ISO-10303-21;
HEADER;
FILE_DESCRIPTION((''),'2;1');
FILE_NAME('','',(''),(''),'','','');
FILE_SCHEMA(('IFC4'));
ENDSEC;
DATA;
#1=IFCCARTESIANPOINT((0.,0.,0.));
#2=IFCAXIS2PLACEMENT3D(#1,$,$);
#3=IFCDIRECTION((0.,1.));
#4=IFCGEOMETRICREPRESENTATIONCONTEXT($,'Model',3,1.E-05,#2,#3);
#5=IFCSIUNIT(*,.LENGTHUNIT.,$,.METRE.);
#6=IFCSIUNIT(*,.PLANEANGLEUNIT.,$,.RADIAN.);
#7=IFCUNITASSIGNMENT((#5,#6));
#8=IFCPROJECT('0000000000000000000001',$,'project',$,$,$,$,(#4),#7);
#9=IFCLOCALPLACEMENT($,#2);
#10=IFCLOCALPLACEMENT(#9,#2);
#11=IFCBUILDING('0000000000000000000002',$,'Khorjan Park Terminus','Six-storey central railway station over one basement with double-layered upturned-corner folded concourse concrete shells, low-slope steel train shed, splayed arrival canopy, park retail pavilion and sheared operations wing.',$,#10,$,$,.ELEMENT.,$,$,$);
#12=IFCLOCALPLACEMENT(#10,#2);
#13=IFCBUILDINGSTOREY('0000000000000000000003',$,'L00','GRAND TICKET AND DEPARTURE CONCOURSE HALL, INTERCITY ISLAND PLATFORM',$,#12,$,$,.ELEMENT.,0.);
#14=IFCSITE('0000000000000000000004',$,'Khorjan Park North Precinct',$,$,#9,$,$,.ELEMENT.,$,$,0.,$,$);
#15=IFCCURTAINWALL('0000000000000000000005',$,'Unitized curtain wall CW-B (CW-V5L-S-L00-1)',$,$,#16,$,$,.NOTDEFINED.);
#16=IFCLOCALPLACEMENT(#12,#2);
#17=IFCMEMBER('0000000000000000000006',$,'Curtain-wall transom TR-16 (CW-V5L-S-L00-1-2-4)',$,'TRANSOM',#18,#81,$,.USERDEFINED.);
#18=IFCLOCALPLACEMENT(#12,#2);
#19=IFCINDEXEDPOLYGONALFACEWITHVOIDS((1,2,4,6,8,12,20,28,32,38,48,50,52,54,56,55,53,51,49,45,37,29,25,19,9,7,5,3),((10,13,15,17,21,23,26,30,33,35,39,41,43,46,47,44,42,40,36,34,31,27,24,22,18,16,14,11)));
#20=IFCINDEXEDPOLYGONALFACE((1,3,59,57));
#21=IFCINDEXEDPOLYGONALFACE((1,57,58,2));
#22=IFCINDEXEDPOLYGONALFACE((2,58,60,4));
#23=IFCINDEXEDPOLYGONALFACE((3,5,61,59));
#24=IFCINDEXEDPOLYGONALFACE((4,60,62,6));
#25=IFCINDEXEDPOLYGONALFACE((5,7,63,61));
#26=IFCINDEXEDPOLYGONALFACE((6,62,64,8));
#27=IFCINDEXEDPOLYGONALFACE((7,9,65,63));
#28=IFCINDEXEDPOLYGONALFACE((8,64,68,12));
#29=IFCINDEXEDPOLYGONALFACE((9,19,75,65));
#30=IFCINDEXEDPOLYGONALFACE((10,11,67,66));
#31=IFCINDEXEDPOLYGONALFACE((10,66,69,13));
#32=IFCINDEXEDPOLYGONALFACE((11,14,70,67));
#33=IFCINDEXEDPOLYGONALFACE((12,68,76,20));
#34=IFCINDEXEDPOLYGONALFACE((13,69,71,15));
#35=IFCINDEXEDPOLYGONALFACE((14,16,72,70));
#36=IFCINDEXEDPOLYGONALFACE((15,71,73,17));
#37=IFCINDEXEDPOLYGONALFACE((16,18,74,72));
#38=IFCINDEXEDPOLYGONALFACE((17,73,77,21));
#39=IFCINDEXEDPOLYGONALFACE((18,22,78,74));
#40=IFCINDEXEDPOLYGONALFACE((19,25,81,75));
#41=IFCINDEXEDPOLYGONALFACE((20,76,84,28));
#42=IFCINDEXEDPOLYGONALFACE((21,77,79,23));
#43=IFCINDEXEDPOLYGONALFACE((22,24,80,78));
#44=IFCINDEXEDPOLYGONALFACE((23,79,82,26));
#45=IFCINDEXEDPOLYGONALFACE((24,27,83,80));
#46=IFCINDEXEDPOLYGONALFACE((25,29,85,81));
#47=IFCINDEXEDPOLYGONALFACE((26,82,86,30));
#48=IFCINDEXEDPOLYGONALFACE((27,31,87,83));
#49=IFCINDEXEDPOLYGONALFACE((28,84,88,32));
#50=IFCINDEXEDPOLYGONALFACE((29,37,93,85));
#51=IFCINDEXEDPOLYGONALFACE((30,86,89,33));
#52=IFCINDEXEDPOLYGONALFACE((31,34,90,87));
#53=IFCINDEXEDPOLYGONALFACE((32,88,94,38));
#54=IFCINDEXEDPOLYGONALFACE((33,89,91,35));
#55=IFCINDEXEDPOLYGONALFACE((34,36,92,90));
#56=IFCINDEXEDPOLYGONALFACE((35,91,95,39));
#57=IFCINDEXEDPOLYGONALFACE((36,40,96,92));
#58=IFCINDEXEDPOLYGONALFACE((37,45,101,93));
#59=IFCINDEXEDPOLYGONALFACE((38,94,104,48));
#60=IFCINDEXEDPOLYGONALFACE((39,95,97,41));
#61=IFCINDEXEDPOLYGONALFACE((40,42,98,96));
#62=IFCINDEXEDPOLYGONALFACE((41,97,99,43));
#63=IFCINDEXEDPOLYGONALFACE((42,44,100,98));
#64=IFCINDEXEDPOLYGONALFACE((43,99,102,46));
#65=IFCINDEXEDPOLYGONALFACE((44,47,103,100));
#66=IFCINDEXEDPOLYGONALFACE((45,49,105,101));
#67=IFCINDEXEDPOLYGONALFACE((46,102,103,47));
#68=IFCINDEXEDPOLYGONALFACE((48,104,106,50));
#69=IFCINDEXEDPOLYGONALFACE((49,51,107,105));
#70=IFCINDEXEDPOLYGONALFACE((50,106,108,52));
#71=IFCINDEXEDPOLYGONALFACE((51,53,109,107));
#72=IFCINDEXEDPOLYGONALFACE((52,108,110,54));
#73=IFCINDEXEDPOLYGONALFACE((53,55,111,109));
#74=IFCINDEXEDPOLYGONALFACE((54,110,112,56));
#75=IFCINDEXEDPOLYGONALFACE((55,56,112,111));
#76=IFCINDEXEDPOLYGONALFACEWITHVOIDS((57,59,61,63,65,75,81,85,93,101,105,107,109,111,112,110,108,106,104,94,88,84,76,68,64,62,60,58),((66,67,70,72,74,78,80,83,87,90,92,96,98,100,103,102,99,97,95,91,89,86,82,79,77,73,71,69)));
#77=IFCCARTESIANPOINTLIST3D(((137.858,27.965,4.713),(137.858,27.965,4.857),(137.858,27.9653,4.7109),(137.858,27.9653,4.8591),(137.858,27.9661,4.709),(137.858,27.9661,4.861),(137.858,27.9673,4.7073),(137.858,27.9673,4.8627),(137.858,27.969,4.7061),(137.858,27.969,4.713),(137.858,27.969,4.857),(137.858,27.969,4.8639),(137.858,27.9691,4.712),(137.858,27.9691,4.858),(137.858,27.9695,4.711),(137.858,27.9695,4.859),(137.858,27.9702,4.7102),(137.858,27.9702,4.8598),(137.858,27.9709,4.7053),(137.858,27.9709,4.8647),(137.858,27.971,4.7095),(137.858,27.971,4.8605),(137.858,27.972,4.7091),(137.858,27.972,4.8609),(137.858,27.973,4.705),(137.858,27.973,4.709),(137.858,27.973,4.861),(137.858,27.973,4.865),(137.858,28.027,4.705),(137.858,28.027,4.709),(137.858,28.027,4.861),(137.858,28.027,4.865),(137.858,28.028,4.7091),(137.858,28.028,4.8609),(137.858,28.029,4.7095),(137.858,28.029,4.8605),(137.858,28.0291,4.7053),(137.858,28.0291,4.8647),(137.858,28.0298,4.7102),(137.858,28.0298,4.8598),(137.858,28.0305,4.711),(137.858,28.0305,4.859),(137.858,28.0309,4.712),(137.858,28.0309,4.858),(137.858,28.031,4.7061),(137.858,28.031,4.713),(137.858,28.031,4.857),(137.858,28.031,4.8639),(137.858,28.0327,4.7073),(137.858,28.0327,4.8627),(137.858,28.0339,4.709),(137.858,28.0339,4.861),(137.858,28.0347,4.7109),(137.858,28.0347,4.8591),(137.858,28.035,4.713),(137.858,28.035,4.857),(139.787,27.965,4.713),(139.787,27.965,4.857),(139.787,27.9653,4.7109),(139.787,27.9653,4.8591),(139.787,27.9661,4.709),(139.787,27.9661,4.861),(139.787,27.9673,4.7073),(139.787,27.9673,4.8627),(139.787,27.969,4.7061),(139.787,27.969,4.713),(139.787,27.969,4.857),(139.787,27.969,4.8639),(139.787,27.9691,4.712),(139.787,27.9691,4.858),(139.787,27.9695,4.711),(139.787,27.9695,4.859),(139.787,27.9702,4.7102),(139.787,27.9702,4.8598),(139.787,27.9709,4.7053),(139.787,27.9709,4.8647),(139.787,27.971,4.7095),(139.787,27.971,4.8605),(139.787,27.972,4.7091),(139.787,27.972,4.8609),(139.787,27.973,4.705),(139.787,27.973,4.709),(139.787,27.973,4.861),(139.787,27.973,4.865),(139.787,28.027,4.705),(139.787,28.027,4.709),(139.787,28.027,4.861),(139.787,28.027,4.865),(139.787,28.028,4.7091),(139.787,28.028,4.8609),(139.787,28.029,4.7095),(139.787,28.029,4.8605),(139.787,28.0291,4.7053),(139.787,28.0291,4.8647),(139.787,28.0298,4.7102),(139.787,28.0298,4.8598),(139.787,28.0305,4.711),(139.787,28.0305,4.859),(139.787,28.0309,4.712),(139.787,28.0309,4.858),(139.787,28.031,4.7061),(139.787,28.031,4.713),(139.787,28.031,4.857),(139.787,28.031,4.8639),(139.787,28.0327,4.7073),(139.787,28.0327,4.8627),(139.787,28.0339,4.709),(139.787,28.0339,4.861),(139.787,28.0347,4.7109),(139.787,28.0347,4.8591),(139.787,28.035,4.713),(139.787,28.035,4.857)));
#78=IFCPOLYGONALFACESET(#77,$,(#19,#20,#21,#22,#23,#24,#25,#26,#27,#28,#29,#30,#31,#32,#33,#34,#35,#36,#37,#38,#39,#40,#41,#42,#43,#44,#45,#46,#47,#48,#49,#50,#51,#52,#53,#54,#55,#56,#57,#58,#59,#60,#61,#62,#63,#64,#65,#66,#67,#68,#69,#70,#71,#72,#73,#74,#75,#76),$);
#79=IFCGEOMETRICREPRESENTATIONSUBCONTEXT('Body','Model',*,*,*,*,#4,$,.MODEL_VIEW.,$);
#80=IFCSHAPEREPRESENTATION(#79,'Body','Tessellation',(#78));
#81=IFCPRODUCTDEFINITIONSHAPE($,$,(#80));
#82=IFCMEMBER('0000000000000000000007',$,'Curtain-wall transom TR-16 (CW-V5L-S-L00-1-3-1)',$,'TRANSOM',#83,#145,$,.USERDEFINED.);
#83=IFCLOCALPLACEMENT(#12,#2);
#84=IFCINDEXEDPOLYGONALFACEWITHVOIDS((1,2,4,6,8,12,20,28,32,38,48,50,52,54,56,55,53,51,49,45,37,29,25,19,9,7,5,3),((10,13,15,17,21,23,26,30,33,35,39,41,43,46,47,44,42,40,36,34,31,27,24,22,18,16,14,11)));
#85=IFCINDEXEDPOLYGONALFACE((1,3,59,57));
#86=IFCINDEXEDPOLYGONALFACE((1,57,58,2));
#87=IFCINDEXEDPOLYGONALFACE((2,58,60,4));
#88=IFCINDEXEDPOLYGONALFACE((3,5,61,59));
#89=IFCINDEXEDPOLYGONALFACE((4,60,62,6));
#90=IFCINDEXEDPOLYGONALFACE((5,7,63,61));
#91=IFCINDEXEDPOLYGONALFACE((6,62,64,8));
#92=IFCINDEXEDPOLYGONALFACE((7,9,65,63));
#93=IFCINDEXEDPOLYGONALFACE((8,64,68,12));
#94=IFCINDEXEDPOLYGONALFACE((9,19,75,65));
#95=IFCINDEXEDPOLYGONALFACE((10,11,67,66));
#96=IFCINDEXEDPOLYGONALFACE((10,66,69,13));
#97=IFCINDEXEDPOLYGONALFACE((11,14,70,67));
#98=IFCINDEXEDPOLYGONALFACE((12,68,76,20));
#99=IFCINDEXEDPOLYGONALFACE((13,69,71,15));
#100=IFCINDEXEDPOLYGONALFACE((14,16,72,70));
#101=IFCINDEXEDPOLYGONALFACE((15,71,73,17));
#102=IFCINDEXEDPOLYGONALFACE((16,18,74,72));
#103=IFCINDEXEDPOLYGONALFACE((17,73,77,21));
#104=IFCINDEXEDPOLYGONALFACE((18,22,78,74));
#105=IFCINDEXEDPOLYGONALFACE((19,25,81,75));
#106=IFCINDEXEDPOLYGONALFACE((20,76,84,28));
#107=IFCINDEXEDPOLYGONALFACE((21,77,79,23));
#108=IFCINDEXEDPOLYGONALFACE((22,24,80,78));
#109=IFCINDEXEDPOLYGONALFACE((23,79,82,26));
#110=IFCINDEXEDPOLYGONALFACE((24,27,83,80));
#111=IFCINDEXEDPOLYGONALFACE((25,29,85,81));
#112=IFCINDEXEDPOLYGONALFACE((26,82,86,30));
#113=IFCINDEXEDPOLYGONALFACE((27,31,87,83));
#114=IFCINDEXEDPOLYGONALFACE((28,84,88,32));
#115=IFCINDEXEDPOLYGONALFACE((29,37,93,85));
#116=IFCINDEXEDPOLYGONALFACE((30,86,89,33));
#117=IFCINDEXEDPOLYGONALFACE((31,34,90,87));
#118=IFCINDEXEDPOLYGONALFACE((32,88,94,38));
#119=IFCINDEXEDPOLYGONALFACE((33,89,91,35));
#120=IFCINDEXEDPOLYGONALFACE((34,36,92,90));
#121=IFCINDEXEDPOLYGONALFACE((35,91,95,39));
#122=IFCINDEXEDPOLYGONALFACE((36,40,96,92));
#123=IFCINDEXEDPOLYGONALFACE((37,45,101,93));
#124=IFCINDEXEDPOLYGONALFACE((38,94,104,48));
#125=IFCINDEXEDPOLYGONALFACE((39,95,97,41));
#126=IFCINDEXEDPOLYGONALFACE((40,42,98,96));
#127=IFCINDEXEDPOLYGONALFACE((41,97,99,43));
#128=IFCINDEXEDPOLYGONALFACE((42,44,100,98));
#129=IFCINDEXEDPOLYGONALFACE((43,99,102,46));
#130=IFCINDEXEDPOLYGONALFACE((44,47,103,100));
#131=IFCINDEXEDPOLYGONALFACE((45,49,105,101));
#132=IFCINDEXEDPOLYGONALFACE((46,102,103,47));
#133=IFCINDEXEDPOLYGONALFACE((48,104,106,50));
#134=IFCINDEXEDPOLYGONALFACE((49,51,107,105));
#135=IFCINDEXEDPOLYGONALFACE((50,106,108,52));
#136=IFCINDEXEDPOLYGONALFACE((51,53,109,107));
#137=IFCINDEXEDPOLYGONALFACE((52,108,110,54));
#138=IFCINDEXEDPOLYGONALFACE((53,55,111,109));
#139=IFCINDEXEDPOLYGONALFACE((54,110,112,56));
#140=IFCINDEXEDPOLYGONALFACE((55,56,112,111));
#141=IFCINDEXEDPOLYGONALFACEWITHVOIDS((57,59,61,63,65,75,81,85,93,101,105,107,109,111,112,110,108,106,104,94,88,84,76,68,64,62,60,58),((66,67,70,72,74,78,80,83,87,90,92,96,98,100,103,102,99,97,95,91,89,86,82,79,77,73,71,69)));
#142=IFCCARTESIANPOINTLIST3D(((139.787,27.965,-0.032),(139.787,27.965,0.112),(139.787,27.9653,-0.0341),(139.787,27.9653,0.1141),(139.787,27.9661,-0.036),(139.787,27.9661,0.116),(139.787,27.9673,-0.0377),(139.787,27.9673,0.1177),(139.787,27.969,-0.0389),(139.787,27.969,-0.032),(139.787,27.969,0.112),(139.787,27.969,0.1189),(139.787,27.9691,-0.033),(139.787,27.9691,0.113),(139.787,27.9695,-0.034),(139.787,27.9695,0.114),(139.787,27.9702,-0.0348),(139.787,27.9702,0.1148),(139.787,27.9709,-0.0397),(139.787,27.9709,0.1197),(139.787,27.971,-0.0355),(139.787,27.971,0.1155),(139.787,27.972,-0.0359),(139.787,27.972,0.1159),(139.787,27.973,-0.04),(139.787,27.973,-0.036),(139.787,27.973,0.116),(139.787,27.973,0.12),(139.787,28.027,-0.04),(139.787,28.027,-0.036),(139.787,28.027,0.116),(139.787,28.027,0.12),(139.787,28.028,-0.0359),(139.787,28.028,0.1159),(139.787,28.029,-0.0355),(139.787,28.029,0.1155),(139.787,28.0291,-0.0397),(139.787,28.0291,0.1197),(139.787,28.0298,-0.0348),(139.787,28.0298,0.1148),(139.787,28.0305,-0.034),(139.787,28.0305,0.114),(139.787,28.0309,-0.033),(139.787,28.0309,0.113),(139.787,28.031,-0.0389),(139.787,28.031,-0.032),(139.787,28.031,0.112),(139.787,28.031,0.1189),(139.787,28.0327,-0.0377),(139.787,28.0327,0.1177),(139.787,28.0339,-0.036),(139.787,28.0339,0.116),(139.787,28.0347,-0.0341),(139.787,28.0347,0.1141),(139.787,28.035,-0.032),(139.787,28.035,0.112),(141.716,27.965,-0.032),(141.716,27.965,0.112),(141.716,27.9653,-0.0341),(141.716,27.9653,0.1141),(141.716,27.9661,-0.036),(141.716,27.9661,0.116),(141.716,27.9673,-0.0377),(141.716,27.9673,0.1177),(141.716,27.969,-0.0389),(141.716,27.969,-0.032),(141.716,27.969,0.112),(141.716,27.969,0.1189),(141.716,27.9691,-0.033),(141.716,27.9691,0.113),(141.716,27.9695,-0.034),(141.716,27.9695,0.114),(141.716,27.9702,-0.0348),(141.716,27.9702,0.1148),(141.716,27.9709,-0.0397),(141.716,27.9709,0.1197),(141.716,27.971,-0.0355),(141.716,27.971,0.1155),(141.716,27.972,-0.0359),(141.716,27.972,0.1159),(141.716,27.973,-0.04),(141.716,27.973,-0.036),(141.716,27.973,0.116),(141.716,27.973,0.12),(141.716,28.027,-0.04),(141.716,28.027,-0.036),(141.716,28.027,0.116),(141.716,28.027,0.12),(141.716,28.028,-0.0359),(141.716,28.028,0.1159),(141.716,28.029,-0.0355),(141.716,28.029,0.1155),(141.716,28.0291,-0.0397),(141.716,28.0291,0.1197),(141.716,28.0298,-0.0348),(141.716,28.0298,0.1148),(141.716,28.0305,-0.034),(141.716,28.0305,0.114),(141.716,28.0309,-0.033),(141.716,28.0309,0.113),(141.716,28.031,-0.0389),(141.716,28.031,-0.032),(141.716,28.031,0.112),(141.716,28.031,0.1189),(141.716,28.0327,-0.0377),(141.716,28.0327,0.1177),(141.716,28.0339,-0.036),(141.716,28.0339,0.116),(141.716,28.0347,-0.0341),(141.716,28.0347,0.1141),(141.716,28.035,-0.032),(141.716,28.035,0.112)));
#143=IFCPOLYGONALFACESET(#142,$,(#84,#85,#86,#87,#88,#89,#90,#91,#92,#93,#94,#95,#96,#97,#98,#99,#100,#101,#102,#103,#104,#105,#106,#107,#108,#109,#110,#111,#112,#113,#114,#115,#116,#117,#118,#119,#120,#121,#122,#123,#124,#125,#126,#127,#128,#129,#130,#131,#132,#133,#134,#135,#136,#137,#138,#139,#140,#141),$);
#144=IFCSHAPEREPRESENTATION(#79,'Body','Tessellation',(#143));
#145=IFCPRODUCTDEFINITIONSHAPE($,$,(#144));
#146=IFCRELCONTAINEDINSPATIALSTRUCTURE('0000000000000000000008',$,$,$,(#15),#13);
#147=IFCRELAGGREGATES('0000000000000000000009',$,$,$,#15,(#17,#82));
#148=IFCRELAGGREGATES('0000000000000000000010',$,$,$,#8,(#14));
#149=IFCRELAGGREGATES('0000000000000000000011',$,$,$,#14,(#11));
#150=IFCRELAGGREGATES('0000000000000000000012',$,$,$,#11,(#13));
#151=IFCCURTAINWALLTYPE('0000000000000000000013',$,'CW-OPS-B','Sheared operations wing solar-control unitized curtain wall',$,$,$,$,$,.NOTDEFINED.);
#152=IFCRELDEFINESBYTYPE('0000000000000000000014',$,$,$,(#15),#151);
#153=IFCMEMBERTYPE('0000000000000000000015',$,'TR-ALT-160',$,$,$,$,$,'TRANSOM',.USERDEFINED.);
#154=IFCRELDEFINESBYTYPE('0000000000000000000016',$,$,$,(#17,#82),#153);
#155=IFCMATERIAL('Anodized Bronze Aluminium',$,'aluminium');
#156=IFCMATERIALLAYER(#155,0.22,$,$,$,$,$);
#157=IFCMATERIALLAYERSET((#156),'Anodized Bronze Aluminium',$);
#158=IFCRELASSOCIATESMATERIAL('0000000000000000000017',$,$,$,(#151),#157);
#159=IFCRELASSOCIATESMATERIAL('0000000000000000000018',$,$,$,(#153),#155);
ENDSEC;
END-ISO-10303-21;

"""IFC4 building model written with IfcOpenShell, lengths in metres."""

from ifc_helpers import new_model, si_unit, direction, frame, origin, origin_2d, place, context, subcontext, project, spatial, hollow_rectangle, extrude, material, layer, layer_set, material_profile, profile_set, type_object, element, aggregate, save


model = new_model("IFC4")

# Units and contexts
model_context = context("Model", 3, precision=1e-05, world=origin(), true_north=direction((0.0, 1.0)))
body_context = subcontext(model_context, "Body", "Model", "MODEL_VIEW")
ifc_project = project(units=[si_unit("LENGTHUNIT", "METRE"), si_unit("PLANEANGLEUNIT", "RADIAN")], contexts=[model_context])

# Site, building, storey
site_placement = place(None, origin())
site = spatial("IfcSite", under=ifc_project, at=site_placement, Name="Khorjan Park North Precinct", CompositionType="ELEMENT", RefElevation=0.0)
building_placement = place(site_placement, origin())
building = spatial("IfcBuilding", under=site, at=building_placement, Name="Khorjan Park Terminus", Description="Six-storey central railway station over one basement with double-layered upturned-corner folded concourse concrete shells, low-slope steel train shed, splayed arrival canopy, park retail pavilion and sheared operations wing.", CompositionType="ELEMENT")
storey_placement = place(building_placement, origin())
storey = spatial("IfcBuildingStorey", under=building, at=storey_placement, Name="L00", Description="GRAND TICKET AND DEPARTURE CONCOURSE HALL, INTERCITY ISLAND PLATFORM", CompositionType="ELEMENT", Elevation=0.0)

# Curtain wall, members
ifc_material_1 = material(Name="Anodized Bronze Aluminium", Category="aluminium")
ifc_layer_1 = layer(ifc_material_1, 0.22)
ifc_layer_set_1 = layer_set([ifc_layer_1], Name="Anodized Bronze Aluminium")
curtain_wall_type = type_object("IfcCurtainWallType", Name="CW-OPS-B", Description="Sheared operations wing solar-control unitized curtain wall", PredefinedType="NOTDEFINED", material=ifc_layer_set_1)
curtain_wall_placement = place(storey_placement, origin())
curtain_wall = element("IfcCurtainWall", 1, at=curtain_wall_placement, inside=storey, type_object=curtain_wall_type, Name="Unitized curtain wall CW-B (CW-V5L-S-L00-1)", PredefinedType="NOTDEFINED")
ifc_material_profile_1 = material_profile(ifc_material_1, hollow_rectangle(XDim=0.07, YDim=0.16, WallThickness=0.004, InnerFilletRadius=0.004, OuterFilletRadius=0.008, at=origin_2d()), Name="ALT 70x160x4")
ifc_profile_set_1 = profile_set([ifc_material_profile_1], Name="Anodized Bronze Aluminium")
member_type_1 = type_object("IfcMemberType", Name="TR-ALT-160", ElementType="TRANSOM", PredefinedType="USERDEFINED", material=ifc_profile_set_1)
member_1_placement = place(storey_placement, frame((137.858, 28.0, 4.785), z_axis=(1.0, 0.0, 0.0), x_axis=(0.0, 1.0, 0.0)))
member_1 = element("IfcMember", 2, at=member_1_placement, type_object=member_type_1, Name="Curtain-wall transom TR-16 (CW-V5L-S-L00-1-2-4)", ObjectType="TRANSOM", PredefinedType="USERDEFINED", context=body_context, shape_type="SweptSolid", body=[
    extrude(hollow_rectangle(XDim=0.07, YDim=0.16, WallThickness=0.004, InnerFilletRadius=0.004, OuterFilletRadius=0.008, at=origin_2d()), origin(), (0.0, 0.0, 1.0), 1.929),
])
member_2_placement = place(storey_placement, frame((139.787, 28.0, 0.04), z_axis=(1.0, 0.0, 0.0), x_axis=(0.0, 1.0, 0.0)))
member_2 = element("IfcMember", 3, at=member_2_placement, type_object=member_type_1, Name="Curtain-wall transom TR-16 (CW-V5L-S-L00-1-3-1)", ObjectType="TRANSOM", PredefinedType="USERDEFINED", context=body_context, shape_type="SweptSolid", body=[
    extrude(hollow_rectangle(XDim=0.07, YDim=0.16, WallThickness=0.004, InnerFilletRadius=0.004, OuterFilletRadius=0.008, at=origin_2d()), origin(), (0.0, 0.0, 1.0), 1.929),
])
aggregate(curtain_wall, [member_1, member_2])

save(model, "model.ifc")
